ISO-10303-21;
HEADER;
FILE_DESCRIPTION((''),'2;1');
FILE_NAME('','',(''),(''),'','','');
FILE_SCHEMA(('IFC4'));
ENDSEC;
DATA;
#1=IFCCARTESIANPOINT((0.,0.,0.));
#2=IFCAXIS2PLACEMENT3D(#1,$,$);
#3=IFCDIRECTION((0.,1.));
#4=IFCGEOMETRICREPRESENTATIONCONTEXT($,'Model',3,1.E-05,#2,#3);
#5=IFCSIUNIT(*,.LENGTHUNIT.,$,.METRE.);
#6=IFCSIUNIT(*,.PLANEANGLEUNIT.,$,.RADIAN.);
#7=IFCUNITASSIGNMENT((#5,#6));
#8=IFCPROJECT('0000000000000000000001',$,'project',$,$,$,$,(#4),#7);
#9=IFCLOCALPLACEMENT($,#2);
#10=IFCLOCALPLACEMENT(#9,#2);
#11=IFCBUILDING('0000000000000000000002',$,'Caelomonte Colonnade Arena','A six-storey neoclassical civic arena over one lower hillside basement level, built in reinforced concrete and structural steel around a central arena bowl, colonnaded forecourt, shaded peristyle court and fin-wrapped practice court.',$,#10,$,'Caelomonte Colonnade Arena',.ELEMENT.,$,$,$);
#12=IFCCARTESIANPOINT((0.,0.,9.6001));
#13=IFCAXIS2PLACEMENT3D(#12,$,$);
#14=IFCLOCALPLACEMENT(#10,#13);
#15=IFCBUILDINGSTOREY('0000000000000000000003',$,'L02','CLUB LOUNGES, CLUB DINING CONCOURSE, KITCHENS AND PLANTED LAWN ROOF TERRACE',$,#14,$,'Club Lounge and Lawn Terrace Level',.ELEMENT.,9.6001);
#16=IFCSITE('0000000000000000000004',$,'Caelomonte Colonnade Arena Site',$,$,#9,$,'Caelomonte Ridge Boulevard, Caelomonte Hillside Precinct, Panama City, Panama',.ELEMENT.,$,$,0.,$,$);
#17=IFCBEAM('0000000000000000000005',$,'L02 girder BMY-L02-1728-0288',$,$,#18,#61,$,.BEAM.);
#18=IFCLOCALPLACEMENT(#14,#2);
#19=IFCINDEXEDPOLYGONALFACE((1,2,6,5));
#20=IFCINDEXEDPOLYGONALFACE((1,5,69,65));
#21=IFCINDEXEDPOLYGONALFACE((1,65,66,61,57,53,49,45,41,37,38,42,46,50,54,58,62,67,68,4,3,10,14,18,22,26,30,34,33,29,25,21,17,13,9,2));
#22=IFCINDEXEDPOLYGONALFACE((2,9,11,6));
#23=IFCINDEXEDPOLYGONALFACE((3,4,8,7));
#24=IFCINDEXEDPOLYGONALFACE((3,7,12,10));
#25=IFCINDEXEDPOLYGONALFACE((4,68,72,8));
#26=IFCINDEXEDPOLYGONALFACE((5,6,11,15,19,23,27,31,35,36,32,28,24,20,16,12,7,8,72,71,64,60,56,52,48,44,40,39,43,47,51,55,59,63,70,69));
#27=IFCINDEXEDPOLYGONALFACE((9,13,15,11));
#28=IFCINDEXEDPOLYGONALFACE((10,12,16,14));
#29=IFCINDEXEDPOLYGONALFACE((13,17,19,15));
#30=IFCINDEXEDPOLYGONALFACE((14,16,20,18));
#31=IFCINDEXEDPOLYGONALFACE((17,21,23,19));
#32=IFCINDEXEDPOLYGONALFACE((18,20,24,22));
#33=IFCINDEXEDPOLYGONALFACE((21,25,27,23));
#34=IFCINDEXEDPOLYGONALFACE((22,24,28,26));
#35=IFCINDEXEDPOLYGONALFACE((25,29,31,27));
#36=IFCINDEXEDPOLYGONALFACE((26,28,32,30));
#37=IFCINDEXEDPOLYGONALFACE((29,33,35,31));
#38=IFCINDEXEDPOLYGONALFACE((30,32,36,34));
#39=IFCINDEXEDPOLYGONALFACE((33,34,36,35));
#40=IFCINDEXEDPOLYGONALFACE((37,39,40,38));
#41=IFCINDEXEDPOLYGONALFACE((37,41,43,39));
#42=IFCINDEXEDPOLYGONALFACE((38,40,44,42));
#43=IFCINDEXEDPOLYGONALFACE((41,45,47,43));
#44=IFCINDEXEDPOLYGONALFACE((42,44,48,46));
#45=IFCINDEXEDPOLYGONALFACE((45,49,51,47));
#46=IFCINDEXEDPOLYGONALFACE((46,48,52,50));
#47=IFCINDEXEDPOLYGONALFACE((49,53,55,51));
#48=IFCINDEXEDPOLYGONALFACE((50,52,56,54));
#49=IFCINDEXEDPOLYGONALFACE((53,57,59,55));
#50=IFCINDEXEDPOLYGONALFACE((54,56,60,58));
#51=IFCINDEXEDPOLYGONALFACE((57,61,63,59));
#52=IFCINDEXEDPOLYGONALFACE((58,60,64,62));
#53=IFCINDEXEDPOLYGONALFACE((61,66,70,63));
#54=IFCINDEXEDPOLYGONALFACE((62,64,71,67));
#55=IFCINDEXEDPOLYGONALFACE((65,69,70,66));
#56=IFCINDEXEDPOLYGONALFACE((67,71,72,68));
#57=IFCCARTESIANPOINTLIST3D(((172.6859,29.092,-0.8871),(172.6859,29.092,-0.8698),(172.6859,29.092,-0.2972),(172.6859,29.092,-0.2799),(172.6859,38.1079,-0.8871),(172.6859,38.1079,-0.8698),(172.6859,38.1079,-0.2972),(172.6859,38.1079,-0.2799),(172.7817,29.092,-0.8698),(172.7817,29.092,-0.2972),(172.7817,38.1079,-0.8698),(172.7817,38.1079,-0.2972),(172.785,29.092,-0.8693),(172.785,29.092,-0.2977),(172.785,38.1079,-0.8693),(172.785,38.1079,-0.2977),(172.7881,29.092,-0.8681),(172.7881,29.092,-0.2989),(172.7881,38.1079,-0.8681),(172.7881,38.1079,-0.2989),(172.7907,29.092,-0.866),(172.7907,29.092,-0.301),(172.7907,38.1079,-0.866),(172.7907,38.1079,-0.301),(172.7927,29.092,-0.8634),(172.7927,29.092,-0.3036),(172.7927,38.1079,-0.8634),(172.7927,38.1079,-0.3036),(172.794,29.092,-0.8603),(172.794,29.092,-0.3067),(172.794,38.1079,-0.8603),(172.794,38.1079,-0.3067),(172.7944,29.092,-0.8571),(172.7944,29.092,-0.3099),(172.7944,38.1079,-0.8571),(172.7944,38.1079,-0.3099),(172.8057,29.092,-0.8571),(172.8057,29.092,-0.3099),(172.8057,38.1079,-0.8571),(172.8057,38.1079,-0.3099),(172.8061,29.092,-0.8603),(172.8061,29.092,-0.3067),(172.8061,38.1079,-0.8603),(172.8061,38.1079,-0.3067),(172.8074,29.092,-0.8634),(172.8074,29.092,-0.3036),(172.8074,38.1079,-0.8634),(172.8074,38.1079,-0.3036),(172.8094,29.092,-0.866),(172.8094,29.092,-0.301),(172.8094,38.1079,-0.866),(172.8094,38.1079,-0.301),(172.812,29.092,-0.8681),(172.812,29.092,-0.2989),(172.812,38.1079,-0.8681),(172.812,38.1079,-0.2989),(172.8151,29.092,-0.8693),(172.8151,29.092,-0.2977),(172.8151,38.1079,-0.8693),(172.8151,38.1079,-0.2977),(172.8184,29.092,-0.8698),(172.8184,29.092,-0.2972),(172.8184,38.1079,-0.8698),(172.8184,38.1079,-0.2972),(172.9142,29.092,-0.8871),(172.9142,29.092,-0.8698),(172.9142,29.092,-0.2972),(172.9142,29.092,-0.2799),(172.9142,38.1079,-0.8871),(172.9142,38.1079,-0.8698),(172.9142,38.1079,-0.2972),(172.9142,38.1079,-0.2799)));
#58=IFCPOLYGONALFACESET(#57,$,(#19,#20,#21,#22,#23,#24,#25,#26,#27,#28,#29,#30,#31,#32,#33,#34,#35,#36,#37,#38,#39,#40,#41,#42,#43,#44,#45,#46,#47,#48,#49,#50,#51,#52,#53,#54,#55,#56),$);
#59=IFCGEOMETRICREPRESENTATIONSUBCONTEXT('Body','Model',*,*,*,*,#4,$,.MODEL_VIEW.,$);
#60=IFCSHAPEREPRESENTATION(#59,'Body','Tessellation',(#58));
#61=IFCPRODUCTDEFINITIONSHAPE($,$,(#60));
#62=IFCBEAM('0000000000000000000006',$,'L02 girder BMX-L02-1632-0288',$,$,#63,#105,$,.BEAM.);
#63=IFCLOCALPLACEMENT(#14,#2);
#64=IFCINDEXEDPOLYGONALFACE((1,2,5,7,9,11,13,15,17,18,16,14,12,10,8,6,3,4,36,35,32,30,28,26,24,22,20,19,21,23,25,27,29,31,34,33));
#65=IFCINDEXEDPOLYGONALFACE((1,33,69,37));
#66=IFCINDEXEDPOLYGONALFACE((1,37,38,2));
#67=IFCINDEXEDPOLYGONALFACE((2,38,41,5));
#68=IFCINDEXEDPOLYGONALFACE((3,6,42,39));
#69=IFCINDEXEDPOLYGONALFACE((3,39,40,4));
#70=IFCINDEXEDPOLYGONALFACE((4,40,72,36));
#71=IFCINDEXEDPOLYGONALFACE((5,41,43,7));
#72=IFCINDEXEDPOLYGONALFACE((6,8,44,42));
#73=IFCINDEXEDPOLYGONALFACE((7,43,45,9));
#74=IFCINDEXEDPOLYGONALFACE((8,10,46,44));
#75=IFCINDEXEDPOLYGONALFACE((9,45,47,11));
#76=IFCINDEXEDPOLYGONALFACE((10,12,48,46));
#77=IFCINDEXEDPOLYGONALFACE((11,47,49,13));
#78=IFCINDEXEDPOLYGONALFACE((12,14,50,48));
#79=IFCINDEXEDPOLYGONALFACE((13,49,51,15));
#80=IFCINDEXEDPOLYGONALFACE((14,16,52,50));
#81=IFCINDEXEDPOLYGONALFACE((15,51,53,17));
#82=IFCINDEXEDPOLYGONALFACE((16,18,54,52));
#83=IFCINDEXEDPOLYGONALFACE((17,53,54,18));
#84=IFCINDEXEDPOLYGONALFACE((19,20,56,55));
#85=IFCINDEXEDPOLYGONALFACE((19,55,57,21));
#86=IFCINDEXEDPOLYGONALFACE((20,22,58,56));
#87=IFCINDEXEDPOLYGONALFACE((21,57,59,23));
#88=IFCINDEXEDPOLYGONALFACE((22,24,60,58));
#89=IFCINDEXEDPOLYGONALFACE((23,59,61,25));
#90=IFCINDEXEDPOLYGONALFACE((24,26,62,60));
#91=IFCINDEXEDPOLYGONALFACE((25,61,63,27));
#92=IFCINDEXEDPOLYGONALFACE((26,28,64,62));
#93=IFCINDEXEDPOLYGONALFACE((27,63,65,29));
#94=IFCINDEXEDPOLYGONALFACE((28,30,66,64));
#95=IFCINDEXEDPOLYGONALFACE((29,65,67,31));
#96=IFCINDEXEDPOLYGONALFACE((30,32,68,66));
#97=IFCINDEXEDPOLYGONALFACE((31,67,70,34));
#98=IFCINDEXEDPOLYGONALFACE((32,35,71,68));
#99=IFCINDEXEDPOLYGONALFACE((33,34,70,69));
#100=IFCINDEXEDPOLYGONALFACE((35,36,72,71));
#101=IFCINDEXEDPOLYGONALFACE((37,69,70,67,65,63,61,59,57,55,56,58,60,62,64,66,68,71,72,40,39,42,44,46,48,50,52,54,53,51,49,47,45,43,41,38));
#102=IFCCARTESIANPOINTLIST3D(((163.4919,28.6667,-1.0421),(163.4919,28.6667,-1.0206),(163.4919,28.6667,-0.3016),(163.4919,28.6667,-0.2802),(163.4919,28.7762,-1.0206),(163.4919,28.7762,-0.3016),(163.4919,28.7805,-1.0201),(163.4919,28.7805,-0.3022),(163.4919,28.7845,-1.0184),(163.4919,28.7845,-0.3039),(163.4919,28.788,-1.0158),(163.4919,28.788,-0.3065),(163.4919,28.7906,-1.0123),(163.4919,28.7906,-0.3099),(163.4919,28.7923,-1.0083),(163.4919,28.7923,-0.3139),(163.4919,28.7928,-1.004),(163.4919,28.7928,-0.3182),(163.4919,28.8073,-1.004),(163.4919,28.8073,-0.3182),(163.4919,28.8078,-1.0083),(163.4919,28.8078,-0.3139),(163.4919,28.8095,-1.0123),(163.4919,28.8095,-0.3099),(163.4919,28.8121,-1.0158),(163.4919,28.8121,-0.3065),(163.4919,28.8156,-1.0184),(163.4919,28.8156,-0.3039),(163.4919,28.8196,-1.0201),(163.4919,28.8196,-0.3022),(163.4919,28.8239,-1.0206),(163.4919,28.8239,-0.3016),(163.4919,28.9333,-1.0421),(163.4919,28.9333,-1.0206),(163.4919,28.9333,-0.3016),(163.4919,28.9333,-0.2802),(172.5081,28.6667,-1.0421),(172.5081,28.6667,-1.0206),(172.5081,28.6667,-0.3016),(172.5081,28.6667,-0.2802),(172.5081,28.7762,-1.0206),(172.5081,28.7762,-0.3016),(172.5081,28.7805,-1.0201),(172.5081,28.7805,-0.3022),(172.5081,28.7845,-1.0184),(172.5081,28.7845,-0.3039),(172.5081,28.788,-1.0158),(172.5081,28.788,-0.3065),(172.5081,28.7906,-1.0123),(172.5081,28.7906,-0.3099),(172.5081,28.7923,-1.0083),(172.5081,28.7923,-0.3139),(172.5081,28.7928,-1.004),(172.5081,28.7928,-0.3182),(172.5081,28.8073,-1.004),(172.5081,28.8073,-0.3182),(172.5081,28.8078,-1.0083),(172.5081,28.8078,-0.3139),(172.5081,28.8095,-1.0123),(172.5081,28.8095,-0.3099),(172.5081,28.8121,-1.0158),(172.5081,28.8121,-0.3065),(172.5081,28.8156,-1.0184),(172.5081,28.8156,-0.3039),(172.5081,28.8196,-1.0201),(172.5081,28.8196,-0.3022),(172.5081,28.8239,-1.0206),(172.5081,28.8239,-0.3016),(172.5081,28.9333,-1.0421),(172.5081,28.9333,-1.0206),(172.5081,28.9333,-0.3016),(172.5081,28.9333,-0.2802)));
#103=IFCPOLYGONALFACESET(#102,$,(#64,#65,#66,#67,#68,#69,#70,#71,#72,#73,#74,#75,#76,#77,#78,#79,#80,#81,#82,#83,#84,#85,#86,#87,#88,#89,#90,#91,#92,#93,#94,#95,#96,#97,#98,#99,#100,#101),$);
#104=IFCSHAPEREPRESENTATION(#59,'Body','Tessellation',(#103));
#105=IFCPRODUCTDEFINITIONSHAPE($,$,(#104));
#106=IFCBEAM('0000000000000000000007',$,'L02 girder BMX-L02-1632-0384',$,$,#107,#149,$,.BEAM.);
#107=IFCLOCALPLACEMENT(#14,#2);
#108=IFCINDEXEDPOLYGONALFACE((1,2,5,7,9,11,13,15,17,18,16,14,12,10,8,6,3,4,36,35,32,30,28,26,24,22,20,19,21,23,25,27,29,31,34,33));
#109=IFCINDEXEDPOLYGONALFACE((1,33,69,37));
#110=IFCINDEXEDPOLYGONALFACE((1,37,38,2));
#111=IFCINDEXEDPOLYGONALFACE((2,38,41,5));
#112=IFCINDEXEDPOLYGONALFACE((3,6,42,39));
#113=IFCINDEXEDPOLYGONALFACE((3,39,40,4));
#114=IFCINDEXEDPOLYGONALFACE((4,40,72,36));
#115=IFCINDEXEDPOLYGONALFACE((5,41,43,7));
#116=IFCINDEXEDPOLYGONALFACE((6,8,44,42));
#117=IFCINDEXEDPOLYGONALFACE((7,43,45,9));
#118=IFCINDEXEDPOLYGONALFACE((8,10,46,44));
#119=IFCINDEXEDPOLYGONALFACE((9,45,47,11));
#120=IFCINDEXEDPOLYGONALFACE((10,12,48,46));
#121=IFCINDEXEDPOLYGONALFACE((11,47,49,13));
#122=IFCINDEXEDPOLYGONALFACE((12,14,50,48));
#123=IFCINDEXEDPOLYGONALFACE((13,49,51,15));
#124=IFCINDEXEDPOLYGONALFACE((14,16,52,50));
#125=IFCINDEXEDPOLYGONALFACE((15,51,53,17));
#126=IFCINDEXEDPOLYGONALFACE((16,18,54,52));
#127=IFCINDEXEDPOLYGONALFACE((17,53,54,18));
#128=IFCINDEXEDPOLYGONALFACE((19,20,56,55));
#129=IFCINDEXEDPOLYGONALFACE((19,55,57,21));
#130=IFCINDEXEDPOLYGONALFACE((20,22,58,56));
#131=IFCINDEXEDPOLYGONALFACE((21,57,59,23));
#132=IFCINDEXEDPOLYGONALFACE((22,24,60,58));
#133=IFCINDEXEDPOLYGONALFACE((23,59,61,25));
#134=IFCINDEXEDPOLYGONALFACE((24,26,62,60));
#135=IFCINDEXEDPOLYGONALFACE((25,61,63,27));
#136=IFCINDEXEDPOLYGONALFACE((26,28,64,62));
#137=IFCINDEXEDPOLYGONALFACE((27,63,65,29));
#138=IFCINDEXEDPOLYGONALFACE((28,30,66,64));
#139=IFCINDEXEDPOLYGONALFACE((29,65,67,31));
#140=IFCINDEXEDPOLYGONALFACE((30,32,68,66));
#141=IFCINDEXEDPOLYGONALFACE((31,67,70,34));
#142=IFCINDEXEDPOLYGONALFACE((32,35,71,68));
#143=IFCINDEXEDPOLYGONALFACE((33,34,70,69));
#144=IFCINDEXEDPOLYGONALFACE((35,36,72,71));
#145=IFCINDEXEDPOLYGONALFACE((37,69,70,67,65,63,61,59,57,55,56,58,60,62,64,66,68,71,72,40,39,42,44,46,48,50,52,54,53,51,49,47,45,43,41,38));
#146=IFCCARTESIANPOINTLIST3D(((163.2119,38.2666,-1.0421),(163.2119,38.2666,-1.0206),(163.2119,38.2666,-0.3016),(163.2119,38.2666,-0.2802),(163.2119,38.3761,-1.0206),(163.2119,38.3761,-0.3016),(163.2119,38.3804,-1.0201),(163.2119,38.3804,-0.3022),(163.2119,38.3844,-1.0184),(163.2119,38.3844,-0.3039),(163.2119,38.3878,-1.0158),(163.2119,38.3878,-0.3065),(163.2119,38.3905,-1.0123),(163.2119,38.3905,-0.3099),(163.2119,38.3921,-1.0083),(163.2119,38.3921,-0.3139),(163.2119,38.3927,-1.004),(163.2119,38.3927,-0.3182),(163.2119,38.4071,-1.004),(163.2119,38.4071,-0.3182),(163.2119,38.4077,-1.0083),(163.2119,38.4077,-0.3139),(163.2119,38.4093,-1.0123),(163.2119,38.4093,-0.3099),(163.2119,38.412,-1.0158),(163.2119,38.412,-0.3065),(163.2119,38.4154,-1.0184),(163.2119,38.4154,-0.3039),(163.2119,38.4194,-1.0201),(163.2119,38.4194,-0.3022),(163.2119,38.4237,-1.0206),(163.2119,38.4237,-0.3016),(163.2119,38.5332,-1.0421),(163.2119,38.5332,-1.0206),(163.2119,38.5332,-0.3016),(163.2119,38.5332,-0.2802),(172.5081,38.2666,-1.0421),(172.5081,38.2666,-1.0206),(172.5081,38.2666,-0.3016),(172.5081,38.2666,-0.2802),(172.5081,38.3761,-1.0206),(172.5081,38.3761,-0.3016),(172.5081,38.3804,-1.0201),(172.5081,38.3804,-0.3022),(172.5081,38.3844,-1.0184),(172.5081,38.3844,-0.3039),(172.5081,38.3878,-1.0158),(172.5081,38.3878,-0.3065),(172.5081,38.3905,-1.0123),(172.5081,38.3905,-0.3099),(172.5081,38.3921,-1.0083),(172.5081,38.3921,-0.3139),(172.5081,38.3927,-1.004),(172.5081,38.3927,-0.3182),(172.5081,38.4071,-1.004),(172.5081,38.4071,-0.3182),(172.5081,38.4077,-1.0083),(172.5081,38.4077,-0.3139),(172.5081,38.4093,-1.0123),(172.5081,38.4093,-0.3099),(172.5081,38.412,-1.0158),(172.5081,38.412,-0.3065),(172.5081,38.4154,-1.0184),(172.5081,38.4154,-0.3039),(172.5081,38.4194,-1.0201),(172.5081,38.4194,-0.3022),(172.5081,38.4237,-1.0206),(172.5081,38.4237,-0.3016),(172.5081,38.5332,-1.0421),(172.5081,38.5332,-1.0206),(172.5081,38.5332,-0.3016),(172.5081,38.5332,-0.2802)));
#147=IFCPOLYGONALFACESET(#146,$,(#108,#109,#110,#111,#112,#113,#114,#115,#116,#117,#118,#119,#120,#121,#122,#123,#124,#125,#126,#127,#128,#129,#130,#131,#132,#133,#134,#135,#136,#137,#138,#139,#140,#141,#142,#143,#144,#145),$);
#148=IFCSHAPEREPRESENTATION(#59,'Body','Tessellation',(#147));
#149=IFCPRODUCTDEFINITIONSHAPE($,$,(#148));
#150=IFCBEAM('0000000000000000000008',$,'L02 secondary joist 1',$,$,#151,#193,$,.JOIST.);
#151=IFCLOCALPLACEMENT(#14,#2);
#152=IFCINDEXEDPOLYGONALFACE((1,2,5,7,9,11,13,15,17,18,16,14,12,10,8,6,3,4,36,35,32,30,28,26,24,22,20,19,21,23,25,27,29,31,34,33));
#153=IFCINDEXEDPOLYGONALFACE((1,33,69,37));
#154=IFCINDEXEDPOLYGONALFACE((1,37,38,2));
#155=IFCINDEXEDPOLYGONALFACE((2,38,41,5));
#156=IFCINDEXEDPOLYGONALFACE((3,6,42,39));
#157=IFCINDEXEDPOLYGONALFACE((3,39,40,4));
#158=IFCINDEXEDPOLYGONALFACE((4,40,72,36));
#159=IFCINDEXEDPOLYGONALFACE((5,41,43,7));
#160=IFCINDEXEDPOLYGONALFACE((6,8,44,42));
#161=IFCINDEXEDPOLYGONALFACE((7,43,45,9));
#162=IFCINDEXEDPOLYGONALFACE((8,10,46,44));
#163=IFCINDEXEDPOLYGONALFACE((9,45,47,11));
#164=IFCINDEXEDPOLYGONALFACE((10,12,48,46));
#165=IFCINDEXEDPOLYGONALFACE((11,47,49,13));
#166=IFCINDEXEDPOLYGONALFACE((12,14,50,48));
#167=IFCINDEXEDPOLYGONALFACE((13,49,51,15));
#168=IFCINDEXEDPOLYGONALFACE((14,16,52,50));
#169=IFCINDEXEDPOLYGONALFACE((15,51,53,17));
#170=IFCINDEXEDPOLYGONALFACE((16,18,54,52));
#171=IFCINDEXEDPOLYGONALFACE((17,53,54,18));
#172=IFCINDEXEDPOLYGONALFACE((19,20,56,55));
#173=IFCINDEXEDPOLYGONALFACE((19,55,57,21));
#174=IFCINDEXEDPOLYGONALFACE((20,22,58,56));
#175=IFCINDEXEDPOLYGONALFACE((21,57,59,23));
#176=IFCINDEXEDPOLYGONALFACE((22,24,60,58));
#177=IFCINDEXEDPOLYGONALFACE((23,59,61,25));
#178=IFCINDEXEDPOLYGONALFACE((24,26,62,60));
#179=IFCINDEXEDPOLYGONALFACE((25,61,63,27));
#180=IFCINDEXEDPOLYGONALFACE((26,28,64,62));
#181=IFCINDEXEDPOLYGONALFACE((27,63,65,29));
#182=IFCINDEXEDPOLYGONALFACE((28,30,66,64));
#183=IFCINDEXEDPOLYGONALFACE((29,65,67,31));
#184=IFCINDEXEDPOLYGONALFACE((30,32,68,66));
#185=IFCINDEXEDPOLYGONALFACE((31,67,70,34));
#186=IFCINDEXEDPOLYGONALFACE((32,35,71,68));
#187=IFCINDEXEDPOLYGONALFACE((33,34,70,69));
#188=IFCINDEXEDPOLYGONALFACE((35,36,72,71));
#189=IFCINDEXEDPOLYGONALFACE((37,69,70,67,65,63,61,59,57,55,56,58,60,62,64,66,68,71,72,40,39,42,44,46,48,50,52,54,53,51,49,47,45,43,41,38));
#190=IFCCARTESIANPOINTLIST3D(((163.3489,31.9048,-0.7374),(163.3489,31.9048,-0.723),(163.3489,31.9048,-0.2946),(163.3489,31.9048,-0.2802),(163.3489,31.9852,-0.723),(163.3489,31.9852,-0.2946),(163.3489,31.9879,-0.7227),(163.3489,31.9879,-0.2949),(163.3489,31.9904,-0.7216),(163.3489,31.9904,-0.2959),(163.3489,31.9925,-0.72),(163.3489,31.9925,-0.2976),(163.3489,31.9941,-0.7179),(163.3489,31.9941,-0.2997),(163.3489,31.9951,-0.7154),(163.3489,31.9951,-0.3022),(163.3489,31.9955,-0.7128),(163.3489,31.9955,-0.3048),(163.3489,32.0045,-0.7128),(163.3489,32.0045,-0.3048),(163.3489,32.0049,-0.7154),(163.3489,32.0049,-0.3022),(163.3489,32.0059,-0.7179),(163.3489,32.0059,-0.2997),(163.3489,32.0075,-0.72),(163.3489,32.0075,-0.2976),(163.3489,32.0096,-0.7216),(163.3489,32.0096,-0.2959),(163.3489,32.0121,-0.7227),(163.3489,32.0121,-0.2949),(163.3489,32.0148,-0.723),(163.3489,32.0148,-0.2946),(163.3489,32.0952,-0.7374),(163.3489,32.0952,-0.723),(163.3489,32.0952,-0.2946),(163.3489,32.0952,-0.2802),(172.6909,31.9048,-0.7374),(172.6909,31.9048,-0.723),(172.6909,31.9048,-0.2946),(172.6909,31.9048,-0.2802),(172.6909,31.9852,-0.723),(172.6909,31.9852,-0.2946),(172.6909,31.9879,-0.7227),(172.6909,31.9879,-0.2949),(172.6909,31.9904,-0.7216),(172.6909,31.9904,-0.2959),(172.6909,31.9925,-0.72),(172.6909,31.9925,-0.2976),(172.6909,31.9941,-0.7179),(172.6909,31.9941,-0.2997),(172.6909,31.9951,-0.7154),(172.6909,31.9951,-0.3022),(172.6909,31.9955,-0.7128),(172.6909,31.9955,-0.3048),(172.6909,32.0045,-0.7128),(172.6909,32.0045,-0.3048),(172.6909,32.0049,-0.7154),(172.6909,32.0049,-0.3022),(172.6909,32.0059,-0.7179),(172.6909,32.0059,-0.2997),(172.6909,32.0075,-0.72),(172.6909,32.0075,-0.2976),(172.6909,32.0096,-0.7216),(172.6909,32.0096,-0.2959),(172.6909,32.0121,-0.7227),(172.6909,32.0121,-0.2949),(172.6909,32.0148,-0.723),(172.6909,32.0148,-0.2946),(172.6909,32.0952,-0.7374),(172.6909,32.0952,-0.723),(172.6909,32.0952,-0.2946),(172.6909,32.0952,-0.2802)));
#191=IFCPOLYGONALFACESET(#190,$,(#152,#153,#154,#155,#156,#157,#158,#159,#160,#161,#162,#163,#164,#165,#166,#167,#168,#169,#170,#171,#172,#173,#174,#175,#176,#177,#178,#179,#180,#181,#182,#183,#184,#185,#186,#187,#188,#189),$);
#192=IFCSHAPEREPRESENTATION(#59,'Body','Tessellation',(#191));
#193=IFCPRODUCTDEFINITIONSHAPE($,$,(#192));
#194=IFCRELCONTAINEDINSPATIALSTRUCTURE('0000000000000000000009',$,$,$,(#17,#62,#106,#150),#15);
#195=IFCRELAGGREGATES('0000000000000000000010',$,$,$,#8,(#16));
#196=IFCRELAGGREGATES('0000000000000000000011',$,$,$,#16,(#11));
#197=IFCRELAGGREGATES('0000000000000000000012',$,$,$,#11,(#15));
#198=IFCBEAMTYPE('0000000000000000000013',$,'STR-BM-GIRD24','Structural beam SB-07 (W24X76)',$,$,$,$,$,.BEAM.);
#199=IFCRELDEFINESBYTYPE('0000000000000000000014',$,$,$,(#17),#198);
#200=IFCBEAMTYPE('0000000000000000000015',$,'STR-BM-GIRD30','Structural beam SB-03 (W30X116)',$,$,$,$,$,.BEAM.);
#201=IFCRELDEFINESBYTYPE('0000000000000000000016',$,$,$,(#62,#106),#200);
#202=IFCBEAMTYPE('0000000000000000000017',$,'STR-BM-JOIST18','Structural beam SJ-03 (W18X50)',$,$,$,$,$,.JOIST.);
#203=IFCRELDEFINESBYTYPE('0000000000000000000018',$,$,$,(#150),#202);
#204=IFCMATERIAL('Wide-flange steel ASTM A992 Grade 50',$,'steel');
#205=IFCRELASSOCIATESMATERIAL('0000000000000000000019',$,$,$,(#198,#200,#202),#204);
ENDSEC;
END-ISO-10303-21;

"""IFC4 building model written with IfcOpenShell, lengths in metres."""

from ifc_helpers import new_model, si_unit, direction, frame, origin, origin_2d, place, context, subcontext, project, spatial, i_section, extrude, material, material_profile, profile_set, type_object, element, save


model = new_model("IFC4")

# Units and contexts
model_context = context("Model", 3, precision=1e-05, world=origin(), true_north=direction((0.0, 1.0)))
body_context = subcontext(model_context, "Body", "Model", "MODEL_VIEW")
ifc_project = project(units=[si_unit("LENGTHUNIT", "METRE"), si_unit("PLANEANGLEUNIT", "RADIAN")], contexts=[model_context])

# Site, building, storey
site_placement = place(None, origin())
site = spatial("IfcSite", under=ifc_project, at=site_placement, Name="Caelomonte Colonnade Arena Site", LongName="Caelomonte Ridge Boulevard, Caelomonte Hillside Precinct, Panama City, Panama", CompositionType="ELEMENT", RefElevation=0.0)
building_placement = place(site_placement, origin())
building = spatial("IfcBuilding", under=site, at=building_placement, Name="Caelomonte Colonnade Arena", Description="A six-storey neoclassical civic arena over one lower hillside basement level, built in reinforced concrete and structural steel around a central arena bowl, colonnaded forecourt, shaded peristyle court and fin-wrapped practice court.", LongName="Caelomonte Colonnade Arena", CompositionType="ELEMENT")
storey_placement = place(building_placement, frame((0.0, 0.0, 9.6001)))
storey = spatial("IfcBuildingStorey", under=building, at=storey_placement, Name="L02", Description="CLUB LOUNGES, CLUB DINING CONCOURSE, KITCHENS AND PLANTED LAWN ROOF TERRACE", LongName="Club Lounge and Lawn Terrace Level", CompositionType="ELEMENT", Elevation=9.6001)

# Shared definitions
ifc_material_1 = material(Name="Wide-flange steel ASTM A992 Grade 50", Category="steel")

# Beams
ifc_material_profile_1 = material_profile(ifc_material_1, i_section(OverallWidth=0.2283, OverallDepth=0.6072, WebThickness=0.0112, FlangeThickness=0.0173, FilletRadius=0.0127, at=origin_2d()), Name="W24X76")
ifc_profile_set_1 = profile_set([ifc_material_profile_1], Name="Wide-flange steel ASTM A992 Grade 50")
beam_type_1 = type_object("IfcBeamType", Name="STR-BM-GIRD24", Description="Structural beam SB-07 (W24X76)", PredefinedType="BEAM", material=ifc_profile_set_1)
beam_1_placement = place(storey_placement, frame((172.8, 29.092, -0.5835), z_axis=(0.0, 1.0, 0.0), x_axis=(-1.0, 0.0, 0.0)))
element("IfcBeam", 1, at=beam_1_placement, inside=storey, type_object=beam_type_1, Name="L02 girder BMY-L02-1728-0288", PredefinedType="BEAM", context=body_context, shape_type="SweptSolid", body=[
    extrude(i_section(OverallWidth=0.2283, OverallDepth=0.6072, WebThickness=0.0112, FlangeThickness=0.0173, FilletRadius=0.0127, at=origin_2d()), origin(), (0.0, 0.0, 1.0), 9.0159),
])
ifc_material_profile_2 = material_profile(ifc_material_1, i_section(OverallWidth=0.2666, OverallDepth=0.762, WebThickness=0.0144, FlangeThickness=0.0215, FilletRadius=0.0166, at=origin_2d()), Name="W30X116")
ifc_profile_set_2 = profile_set([ifc_material_profile_2], Name="Wide-flange steel ASTM A992 Grade 50")
beam_type_2 = type_object("IfcBeamType", Name="STR-BM-GIRD30", Description="Structural beam SB-03 (W30X116)", PredefinedType="BEAM", material=ifc_profile_set_2)
beam_2_placement = place(storey_placement, frame((163.4919, 28.8, -0.6611), z_axis=(1.0, 0.0, 0.0), x_axis=(0.0, 1.0, 0.0)))
element("IfcBeam", 2, at=beam_2_placement, inside=storey, type_object=beam_type_2, Name="L02 girder BMX-L02-1632-0288", PredefinedType="BEAM", context=body_context, shape_type="SweptSolid", body=[
    extrude(i_section(OverallWidth=0.2666, OverallDepth=0.762, WebThickness=0.0144, FlangeThickness=0.0215, FilletRadius=0.0166, at=origin_2d()), origin(), (0.0, 0.0, 1.0), 9.0161),
])
beam_3_placement = place(storey_placement, frame((163.2119, 38.3999, -0.6611), z_axis=(1.0, 0.0, 0.0), x_axis=(0.0, 1.0, 0.0)))
element("IfcBeam", 3, at=beam_3_placement, inside=storey, type_object=beam_type_2, Name="L02 girder BMX-L02-1632-0384", PredefinedType="BEAM", context=body_context, shape_type="SweptSolid", body=[
    extrude(i_section(OverallWidth=0.2666, OverallDepth=0.762, WebThickness=0.0144, FlangeThickness=0.0215, FilletRadius=0.0166, at=origin_2d()), origin(), (0.0, 0.0, 1.0), 9.2961),
])
ifc_material_profile_3 = material_profile(ifc_material_1, i_section(OverallWidth=0.1904, OverallDepth=0.4573, WebThickness=0.009, FlangeThickness=0.0144, FilletRadius=0.0103, at=origin_2d()), Name="W18X50")
ifc_profile_set_3 = profile_set([ifc_material_profile_3], Name="Wide-flange steel ASTM A992 Grade 50")
beam_type_3 = type_object("IfcBeamType", Name="STR-BM-JOIST18", Description="Structural beam SJ-03 (W18X50)", PredefinedType="JOIST", material=ifc_profile_set_3)
for number, where, z_axis, x_axis, name in (
    (4, (163.3489, 32.0, -0.5088), (1.0, 0.0, 0.0), (0.0, 1.0, 0.0), "L02 secondary joist 1"),
):
    element("IfcBeam", number, at=place(storey_placement, frame(where, z_axis=z_axis, x_axis=x_axis)), inside=storey, type_object=beam_type_3, Name=name, PredefinedType="JOIST", context=body_context, shape_type="SweptSolid", body=[
        extrude(i_section(OverallWidth=0.1904, OverallDepth=0.4573, WebThickness=0.009, FlangeThickness=0.0144, FilletRadius=0.0103, at=origin_2d()), origin(), (0.0, 0.0, 1.0), 9.342),
    ])

save(model, "model.ifc")
